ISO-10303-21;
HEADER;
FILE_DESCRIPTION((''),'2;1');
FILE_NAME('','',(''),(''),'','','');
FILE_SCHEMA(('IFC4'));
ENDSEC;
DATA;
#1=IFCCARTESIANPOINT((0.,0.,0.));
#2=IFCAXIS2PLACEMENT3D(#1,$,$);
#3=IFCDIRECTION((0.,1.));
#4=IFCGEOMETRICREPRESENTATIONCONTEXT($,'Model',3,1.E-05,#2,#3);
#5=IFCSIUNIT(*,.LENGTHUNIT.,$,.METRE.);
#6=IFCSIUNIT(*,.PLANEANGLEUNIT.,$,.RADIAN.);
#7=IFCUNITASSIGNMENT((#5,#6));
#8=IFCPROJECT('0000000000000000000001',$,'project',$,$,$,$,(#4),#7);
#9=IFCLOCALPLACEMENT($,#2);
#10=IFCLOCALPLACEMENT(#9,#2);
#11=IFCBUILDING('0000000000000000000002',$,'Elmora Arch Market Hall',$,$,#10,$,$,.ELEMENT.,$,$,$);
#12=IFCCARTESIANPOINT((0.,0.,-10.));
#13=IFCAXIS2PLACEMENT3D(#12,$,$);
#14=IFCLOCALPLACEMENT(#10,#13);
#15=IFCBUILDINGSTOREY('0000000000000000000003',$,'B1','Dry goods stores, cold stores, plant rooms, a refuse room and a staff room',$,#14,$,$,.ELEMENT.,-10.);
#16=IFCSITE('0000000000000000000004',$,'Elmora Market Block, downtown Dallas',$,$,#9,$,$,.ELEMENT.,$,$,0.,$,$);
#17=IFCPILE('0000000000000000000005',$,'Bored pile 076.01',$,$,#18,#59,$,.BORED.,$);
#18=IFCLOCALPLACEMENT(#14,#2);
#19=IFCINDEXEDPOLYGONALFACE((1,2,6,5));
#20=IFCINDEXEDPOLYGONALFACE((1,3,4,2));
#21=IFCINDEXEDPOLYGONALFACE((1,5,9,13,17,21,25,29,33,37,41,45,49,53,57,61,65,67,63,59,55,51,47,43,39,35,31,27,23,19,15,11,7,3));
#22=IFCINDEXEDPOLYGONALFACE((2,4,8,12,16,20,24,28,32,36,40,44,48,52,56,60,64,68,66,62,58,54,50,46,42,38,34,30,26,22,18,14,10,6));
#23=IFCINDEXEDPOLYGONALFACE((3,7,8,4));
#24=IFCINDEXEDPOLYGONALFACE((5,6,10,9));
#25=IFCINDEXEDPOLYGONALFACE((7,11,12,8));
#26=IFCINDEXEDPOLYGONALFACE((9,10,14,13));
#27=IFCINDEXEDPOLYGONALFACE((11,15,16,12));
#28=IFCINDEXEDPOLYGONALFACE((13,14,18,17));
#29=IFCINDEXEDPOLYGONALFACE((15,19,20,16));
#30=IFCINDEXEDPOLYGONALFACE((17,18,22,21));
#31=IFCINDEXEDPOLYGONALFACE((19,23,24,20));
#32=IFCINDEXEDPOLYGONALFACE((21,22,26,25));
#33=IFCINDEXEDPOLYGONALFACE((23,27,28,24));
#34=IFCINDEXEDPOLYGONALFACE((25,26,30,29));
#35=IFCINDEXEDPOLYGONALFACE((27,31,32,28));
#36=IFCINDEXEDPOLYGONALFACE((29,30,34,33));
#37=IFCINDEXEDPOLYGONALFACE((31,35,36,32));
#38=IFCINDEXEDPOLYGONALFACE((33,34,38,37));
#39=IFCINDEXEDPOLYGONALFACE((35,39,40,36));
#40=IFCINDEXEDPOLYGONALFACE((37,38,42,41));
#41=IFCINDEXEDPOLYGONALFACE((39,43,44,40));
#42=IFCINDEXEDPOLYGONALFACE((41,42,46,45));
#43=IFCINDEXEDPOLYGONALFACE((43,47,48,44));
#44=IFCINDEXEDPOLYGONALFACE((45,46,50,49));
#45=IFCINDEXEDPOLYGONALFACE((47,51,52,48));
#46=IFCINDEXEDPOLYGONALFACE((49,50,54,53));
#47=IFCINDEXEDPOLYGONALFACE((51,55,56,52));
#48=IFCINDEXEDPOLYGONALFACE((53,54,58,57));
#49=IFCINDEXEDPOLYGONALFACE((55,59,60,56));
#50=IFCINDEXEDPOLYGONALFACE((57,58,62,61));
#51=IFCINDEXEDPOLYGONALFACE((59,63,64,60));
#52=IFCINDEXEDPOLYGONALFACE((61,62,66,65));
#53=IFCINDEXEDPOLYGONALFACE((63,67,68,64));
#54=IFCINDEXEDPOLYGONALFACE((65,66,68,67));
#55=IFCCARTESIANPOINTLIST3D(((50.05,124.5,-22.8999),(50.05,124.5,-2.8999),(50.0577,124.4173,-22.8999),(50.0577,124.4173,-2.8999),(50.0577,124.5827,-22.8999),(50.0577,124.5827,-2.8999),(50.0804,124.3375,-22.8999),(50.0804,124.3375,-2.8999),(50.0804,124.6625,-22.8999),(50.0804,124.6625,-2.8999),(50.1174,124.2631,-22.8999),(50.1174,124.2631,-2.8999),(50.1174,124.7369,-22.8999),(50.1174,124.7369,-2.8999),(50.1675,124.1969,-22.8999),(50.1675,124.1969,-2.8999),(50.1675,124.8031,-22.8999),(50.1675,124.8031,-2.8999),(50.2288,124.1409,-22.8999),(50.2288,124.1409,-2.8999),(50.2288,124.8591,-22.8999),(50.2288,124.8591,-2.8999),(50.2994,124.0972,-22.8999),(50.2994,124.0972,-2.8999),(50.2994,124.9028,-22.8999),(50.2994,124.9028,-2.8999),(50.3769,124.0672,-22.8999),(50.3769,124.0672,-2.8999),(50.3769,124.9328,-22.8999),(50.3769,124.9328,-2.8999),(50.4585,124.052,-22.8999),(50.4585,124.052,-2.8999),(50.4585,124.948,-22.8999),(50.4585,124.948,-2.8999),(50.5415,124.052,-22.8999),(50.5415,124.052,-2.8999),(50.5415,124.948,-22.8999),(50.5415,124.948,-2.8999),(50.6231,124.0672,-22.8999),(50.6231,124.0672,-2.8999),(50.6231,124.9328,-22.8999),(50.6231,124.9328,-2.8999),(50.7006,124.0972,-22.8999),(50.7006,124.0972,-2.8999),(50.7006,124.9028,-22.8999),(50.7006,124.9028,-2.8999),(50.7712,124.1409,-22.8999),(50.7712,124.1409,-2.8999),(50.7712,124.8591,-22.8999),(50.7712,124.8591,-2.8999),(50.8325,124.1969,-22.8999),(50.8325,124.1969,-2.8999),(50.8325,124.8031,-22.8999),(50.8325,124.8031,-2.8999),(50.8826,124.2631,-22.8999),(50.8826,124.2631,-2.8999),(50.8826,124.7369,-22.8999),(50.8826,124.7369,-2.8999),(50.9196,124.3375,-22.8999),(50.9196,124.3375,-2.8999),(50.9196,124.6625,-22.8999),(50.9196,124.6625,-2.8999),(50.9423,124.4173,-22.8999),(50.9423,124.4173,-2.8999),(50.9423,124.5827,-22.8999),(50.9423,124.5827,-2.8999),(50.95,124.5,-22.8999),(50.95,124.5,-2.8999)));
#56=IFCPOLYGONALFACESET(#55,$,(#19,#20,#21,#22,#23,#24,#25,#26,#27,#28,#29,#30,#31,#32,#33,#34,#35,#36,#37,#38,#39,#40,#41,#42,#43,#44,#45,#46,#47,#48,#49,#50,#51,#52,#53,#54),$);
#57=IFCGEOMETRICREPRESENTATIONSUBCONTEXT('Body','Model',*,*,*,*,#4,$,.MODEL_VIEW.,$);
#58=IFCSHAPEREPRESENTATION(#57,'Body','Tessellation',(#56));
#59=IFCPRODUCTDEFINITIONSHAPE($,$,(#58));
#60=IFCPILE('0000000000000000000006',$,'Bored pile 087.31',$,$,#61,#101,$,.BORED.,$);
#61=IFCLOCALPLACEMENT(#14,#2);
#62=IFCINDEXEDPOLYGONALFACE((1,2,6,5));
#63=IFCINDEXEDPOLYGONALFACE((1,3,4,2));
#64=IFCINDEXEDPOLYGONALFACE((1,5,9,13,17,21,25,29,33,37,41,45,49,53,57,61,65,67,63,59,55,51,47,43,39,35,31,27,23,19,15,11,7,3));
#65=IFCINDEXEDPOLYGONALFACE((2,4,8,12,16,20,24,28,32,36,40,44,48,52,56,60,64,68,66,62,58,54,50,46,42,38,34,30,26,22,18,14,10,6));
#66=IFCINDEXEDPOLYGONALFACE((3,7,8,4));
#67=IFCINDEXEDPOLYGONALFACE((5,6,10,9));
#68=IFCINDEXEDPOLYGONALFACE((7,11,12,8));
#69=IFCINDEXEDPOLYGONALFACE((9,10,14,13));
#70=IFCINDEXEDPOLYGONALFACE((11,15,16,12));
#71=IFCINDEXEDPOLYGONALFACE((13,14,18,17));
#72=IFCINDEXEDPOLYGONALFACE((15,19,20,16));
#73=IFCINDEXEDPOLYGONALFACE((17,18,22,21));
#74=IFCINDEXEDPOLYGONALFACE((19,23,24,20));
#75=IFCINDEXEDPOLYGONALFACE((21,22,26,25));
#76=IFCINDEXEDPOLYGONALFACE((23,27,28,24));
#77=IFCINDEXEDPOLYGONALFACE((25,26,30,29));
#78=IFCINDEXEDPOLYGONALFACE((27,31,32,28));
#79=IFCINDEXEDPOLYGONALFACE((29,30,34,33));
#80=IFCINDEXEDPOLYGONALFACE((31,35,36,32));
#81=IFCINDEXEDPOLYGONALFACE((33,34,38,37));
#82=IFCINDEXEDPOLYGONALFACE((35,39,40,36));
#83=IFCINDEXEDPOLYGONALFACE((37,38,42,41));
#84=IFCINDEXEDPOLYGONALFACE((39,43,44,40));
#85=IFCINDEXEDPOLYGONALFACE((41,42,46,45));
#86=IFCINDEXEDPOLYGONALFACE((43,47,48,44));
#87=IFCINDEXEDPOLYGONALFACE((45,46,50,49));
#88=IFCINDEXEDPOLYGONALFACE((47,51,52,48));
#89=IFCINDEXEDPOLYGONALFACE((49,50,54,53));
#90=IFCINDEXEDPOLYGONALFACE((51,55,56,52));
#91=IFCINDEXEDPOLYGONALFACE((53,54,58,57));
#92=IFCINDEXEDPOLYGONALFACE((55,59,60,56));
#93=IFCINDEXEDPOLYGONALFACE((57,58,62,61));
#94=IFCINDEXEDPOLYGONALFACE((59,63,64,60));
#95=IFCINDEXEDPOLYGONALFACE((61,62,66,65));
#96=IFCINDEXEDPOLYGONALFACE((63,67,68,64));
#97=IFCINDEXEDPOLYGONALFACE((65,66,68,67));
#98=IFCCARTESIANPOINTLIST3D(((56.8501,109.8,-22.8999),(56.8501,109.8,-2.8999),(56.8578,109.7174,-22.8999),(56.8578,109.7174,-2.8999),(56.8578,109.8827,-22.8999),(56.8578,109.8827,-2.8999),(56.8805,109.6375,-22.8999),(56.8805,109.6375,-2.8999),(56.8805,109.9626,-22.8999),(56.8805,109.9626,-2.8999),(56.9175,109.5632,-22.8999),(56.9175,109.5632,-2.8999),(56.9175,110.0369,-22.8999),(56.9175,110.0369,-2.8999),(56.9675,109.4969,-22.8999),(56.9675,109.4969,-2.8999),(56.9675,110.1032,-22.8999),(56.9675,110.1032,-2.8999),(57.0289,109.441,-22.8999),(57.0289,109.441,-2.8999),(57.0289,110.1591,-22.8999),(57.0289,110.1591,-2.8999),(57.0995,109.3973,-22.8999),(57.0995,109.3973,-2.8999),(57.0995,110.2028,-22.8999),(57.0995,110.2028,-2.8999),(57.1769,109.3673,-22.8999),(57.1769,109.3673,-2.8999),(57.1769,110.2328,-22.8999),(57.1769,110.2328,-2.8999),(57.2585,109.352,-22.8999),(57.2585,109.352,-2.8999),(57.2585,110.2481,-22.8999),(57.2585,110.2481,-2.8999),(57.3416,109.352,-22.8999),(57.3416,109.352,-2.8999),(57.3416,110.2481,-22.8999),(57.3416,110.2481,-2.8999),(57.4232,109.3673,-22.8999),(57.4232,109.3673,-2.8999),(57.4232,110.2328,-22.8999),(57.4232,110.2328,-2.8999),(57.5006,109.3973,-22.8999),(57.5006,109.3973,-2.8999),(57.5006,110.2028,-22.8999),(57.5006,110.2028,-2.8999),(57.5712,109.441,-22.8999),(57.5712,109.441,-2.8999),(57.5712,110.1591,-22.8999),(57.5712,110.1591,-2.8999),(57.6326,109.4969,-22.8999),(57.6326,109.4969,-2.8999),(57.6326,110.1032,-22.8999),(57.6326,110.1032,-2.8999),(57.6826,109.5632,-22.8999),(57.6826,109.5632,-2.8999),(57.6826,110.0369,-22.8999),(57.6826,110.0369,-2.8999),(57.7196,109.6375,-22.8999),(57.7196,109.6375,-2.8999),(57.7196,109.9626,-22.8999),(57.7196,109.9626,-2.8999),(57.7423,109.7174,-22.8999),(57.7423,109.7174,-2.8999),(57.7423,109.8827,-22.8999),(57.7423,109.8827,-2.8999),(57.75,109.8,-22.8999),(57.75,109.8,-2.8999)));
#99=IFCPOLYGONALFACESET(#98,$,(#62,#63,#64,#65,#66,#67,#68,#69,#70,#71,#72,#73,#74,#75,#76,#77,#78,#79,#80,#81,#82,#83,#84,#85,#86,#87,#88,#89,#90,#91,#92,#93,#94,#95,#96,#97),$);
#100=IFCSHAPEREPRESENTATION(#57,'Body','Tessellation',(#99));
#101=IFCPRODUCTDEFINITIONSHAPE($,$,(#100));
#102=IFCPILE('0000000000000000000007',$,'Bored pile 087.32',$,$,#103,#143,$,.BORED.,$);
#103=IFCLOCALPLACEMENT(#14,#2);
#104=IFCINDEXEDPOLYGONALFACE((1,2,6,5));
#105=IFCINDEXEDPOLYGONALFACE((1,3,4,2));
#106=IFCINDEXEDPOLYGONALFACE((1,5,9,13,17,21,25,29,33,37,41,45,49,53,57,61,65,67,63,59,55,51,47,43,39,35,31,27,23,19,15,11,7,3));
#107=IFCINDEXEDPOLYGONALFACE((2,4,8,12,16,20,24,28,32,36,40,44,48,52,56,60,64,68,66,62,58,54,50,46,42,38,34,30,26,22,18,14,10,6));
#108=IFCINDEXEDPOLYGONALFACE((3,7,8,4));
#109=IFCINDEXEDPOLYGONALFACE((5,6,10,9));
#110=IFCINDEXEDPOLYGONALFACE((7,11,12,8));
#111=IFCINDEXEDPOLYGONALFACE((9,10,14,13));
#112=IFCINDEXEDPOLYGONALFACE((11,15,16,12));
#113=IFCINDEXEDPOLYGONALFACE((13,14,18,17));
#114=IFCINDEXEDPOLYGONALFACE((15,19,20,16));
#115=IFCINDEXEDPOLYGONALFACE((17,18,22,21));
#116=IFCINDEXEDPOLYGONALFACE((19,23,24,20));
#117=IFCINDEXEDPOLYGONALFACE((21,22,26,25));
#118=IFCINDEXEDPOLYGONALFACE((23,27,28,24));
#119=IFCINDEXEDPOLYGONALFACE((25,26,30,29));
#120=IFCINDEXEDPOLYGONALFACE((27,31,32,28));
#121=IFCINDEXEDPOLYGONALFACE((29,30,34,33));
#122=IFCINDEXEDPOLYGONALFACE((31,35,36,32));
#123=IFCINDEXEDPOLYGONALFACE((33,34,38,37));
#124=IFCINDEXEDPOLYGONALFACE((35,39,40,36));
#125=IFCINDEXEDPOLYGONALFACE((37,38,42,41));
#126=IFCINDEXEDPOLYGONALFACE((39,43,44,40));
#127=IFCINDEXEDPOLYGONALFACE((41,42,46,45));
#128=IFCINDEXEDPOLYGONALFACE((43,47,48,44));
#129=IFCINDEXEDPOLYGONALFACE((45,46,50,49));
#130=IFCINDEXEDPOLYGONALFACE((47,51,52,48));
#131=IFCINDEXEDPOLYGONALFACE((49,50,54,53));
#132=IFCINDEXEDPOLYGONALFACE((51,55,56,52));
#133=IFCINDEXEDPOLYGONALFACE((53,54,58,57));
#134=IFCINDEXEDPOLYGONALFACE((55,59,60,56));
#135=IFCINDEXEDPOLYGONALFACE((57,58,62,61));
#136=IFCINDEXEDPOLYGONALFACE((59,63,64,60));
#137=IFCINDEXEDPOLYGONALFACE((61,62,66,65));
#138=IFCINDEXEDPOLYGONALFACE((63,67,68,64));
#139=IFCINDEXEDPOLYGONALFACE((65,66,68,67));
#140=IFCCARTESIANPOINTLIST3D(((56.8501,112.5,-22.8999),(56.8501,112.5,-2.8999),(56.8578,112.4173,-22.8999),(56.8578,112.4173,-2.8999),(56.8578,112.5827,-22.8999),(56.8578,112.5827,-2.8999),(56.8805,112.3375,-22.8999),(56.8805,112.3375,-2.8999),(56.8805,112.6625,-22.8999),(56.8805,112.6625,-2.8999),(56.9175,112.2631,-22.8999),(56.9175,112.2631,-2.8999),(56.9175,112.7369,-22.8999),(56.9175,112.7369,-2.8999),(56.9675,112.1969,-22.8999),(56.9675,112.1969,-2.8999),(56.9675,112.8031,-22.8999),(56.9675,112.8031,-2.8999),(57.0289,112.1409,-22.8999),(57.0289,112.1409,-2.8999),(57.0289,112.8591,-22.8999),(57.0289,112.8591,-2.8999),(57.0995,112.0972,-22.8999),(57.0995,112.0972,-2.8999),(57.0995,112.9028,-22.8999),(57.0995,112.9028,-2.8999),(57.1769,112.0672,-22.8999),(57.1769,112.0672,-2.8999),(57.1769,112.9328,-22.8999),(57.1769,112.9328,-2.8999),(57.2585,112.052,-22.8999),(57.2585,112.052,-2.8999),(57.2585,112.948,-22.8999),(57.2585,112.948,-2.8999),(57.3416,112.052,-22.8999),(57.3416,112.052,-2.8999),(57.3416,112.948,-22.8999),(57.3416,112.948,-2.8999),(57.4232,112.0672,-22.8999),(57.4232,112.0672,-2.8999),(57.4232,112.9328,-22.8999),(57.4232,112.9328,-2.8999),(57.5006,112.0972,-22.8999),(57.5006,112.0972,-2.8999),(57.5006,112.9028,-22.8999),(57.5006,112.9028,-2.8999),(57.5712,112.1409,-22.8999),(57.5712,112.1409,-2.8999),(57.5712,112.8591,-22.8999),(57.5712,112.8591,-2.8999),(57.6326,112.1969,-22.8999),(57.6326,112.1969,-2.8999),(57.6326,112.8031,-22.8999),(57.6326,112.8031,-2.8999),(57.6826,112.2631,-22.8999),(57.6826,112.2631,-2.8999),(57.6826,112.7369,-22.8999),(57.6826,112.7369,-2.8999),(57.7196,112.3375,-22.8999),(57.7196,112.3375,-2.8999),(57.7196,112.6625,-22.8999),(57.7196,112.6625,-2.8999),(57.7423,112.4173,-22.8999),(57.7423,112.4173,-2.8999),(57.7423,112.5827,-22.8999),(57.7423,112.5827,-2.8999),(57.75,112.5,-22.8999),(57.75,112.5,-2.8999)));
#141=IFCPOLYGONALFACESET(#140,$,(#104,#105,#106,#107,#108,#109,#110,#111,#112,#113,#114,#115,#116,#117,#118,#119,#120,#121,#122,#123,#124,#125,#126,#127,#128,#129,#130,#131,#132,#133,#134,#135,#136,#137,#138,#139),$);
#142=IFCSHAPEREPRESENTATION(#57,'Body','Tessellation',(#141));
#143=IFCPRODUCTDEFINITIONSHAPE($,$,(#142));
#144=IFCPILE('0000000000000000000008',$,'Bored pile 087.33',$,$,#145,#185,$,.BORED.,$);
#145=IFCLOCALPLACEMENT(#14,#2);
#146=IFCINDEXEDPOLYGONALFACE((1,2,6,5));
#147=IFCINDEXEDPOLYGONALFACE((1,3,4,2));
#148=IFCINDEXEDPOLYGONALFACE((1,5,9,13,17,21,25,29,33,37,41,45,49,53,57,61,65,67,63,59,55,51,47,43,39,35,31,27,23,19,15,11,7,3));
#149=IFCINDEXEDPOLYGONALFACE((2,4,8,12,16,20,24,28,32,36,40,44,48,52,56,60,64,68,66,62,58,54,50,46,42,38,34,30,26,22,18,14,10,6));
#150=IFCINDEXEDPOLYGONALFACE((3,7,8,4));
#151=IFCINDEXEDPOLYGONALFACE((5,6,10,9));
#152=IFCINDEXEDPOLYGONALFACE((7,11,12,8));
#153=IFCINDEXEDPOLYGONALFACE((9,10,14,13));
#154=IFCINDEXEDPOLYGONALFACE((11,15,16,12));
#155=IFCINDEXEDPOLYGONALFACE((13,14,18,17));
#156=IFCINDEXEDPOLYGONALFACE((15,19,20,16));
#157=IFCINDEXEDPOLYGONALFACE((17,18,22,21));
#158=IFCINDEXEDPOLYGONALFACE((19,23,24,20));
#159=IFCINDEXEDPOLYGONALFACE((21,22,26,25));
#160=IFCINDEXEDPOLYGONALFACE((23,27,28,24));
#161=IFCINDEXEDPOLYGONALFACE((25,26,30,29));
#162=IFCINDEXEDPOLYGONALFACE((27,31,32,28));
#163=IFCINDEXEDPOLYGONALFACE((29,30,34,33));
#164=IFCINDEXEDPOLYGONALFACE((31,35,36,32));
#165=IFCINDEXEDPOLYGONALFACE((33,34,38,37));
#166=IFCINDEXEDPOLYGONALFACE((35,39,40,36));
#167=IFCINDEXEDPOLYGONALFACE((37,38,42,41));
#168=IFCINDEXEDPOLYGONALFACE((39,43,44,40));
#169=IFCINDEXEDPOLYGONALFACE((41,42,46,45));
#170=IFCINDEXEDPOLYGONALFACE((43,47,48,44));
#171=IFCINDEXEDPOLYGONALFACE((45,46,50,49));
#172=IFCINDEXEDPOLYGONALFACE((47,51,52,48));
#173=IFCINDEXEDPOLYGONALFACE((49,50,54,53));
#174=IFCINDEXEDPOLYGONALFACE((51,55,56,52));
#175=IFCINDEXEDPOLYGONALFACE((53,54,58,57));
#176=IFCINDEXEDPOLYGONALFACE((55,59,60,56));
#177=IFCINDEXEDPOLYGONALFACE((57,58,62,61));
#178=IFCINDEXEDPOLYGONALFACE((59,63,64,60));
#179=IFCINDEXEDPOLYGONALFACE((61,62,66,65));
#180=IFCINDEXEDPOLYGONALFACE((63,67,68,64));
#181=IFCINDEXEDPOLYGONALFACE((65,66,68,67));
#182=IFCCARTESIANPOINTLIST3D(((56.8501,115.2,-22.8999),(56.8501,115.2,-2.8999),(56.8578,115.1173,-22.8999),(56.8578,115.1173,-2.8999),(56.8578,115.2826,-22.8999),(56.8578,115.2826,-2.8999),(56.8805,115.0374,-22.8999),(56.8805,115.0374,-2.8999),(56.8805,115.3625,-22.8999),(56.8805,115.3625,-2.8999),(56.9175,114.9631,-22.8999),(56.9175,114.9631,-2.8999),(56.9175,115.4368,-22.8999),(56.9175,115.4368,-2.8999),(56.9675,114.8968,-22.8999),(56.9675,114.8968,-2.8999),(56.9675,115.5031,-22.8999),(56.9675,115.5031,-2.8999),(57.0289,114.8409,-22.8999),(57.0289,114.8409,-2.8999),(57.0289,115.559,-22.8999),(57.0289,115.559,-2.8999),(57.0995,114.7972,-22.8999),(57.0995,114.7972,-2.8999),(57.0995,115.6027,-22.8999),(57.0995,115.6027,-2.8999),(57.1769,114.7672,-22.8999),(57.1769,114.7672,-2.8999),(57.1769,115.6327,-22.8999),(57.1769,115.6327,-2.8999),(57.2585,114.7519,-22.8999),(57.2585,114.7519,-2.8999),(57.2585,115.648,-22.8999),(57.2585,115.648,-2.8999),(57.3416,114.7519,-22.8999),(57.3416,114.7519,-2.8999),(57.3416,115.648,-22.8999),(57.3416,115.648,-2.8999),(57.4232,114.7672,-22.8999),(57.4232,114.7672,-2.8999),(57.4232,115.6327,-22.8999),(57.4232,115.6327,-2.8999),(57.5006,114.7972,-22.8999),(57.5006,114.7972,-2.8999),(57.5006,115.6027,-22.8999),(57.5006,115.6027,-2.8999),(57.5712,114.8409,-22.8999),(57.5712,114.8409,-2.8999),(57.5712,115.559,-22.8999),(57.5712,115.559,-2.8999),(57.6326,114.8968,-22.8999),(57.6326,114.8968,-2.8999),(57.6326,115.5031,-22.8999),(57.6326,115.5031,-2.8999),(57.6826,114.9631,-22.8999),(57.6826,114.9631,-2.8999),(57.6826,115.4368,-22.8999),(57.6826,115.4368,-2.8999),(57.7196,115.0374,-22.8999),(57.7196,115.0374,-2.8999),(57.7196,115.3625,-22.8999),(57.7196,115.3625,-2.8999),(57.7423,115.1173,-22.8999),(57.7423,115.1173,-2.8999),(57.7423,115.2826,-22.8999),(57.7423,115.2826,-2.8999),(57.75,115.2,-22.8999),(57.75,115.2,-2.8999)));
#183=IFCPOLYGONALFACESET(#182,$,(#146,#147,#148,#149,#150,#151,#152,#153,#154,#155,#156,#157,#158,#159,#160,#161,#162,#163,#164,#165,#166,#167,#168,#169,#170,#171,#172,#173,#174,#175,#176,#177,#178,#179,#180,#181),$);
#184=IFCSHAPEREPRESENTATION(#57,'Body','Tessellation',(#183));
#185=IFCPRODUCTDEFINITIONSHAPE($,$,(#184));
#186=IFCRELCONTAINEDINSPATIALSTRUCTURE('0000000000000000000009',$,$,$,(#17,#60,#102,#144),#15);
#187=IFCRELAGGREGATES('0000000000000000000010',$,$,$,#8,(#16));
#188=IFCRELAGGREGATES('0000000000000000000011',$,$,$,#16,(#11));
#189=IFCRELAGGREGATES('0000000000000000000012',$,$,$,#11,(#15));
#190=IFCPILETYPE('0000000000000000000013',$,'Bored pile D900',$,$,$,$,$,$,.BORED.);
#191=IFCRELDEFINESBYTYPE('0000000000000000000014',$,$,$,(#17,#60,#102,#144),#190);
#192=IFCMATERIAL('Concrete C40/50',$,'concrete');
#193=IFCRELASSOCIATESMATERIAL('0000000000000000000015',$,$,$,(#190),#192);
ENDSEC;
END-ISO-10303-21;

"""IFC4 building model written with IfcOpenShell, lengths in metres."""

from ifc_helpers import new_model, si_unit, direction, frame, origin, origin_2d, place, context, subcontext, project, spatial, circle, extrude, material, material_profile, profile_set, type_object, element, save


model = new_model("IFC4")

# Units and contexts
model_context = context("Model", 3, precision=1e-05, world=origin(), true_north=direction((0.0, 1.0)))
body_context = subcontext(model_context, "Body", "Model", "MODEL_VIEW")
ifc_project = project(units=[si_unit("LENGTHUNIT", "METRE"), si_unit("PLANEANGLEUNIT", "RADIAN")], contexts=[model_context])

# Site, building, storey
site_placement = place(None, origin())
site = spatial("IfcSite", under=ifc_project, at=site_placement, Name="Elmora Market Block, downtown Dallas", CompositionType="ELEMENT", RefElevation=0.0)
building_placement = place(site_placement, origin())
building = spatial("IfcBuilding", under=site, at=building_placement, Name="Elmora Arch Market Hall", CompositionType="ELEMENT")
storey_placement = place(building_placement, frame((0.0, 0.0, -10.0)))
storey = spatial("IfcBuildingStorey", under=building, at=storey_placement, Name="B1", Description="Dry goods stores, cold stores, plant rooms, a refuse room and a staff room", CompositionType="ELEMENT", Elevation=-10.0)

# Piles
ifc_material_1 = material(Name="Concrete C40/50", Category="concrete")
ifc_material_profile_1 = material_profile(ifc_material_1, circle(Radius=0.45, at=origin_2d()), Name="Bored pile D900")
ifc_profile_set_1 = profile_set([ifc_material_profile_1], Name="Concrete C40/50")
pile_type = type_object("IfcPileType", Name="Bored pile D900", PredefinedType="BORED", material=ifc_profile_set_1)
for number, where, z_axis, x_axis, name in (
    (1, (50.5, 124.5, -2.8999), (0.0, 0.0, -1.0), (1.0, 0.0, 0.0), "Bored pile 076.01"),
    (2, (57.3, 109.8, -2.8999), (0.0, 0.0, -1.0), (1.0, 0.0, 0.0), "Bored pile 087.31"),
    (3, (57.3, 112.5, -2.8999), (0.0, 0.0, -1.0), (1.0, 0.0, 0.0), "Bored pile 087.32"),
    (4, (57.3, 115.2, -2.8999), (0.0, 0.0, -1.0), (1.0, 0.0, 0.0), "Bored pile 087.33"),
):
    element("IfcPile", number, at=place(storey_placement, frame(where, z_axis=z_axis, x_axis=x_axis)), inside=storey, type_object=pile_type, Name=name, PredefinedType="BORED", context=body_context, shape_type="SweptSolid", body=[
        extrude(circle(Radius=0.45, at=origin_2d()), origin(), (0.0, 0.0, 1.0), 20.0),
    ])

save(model, "model.ifc")
